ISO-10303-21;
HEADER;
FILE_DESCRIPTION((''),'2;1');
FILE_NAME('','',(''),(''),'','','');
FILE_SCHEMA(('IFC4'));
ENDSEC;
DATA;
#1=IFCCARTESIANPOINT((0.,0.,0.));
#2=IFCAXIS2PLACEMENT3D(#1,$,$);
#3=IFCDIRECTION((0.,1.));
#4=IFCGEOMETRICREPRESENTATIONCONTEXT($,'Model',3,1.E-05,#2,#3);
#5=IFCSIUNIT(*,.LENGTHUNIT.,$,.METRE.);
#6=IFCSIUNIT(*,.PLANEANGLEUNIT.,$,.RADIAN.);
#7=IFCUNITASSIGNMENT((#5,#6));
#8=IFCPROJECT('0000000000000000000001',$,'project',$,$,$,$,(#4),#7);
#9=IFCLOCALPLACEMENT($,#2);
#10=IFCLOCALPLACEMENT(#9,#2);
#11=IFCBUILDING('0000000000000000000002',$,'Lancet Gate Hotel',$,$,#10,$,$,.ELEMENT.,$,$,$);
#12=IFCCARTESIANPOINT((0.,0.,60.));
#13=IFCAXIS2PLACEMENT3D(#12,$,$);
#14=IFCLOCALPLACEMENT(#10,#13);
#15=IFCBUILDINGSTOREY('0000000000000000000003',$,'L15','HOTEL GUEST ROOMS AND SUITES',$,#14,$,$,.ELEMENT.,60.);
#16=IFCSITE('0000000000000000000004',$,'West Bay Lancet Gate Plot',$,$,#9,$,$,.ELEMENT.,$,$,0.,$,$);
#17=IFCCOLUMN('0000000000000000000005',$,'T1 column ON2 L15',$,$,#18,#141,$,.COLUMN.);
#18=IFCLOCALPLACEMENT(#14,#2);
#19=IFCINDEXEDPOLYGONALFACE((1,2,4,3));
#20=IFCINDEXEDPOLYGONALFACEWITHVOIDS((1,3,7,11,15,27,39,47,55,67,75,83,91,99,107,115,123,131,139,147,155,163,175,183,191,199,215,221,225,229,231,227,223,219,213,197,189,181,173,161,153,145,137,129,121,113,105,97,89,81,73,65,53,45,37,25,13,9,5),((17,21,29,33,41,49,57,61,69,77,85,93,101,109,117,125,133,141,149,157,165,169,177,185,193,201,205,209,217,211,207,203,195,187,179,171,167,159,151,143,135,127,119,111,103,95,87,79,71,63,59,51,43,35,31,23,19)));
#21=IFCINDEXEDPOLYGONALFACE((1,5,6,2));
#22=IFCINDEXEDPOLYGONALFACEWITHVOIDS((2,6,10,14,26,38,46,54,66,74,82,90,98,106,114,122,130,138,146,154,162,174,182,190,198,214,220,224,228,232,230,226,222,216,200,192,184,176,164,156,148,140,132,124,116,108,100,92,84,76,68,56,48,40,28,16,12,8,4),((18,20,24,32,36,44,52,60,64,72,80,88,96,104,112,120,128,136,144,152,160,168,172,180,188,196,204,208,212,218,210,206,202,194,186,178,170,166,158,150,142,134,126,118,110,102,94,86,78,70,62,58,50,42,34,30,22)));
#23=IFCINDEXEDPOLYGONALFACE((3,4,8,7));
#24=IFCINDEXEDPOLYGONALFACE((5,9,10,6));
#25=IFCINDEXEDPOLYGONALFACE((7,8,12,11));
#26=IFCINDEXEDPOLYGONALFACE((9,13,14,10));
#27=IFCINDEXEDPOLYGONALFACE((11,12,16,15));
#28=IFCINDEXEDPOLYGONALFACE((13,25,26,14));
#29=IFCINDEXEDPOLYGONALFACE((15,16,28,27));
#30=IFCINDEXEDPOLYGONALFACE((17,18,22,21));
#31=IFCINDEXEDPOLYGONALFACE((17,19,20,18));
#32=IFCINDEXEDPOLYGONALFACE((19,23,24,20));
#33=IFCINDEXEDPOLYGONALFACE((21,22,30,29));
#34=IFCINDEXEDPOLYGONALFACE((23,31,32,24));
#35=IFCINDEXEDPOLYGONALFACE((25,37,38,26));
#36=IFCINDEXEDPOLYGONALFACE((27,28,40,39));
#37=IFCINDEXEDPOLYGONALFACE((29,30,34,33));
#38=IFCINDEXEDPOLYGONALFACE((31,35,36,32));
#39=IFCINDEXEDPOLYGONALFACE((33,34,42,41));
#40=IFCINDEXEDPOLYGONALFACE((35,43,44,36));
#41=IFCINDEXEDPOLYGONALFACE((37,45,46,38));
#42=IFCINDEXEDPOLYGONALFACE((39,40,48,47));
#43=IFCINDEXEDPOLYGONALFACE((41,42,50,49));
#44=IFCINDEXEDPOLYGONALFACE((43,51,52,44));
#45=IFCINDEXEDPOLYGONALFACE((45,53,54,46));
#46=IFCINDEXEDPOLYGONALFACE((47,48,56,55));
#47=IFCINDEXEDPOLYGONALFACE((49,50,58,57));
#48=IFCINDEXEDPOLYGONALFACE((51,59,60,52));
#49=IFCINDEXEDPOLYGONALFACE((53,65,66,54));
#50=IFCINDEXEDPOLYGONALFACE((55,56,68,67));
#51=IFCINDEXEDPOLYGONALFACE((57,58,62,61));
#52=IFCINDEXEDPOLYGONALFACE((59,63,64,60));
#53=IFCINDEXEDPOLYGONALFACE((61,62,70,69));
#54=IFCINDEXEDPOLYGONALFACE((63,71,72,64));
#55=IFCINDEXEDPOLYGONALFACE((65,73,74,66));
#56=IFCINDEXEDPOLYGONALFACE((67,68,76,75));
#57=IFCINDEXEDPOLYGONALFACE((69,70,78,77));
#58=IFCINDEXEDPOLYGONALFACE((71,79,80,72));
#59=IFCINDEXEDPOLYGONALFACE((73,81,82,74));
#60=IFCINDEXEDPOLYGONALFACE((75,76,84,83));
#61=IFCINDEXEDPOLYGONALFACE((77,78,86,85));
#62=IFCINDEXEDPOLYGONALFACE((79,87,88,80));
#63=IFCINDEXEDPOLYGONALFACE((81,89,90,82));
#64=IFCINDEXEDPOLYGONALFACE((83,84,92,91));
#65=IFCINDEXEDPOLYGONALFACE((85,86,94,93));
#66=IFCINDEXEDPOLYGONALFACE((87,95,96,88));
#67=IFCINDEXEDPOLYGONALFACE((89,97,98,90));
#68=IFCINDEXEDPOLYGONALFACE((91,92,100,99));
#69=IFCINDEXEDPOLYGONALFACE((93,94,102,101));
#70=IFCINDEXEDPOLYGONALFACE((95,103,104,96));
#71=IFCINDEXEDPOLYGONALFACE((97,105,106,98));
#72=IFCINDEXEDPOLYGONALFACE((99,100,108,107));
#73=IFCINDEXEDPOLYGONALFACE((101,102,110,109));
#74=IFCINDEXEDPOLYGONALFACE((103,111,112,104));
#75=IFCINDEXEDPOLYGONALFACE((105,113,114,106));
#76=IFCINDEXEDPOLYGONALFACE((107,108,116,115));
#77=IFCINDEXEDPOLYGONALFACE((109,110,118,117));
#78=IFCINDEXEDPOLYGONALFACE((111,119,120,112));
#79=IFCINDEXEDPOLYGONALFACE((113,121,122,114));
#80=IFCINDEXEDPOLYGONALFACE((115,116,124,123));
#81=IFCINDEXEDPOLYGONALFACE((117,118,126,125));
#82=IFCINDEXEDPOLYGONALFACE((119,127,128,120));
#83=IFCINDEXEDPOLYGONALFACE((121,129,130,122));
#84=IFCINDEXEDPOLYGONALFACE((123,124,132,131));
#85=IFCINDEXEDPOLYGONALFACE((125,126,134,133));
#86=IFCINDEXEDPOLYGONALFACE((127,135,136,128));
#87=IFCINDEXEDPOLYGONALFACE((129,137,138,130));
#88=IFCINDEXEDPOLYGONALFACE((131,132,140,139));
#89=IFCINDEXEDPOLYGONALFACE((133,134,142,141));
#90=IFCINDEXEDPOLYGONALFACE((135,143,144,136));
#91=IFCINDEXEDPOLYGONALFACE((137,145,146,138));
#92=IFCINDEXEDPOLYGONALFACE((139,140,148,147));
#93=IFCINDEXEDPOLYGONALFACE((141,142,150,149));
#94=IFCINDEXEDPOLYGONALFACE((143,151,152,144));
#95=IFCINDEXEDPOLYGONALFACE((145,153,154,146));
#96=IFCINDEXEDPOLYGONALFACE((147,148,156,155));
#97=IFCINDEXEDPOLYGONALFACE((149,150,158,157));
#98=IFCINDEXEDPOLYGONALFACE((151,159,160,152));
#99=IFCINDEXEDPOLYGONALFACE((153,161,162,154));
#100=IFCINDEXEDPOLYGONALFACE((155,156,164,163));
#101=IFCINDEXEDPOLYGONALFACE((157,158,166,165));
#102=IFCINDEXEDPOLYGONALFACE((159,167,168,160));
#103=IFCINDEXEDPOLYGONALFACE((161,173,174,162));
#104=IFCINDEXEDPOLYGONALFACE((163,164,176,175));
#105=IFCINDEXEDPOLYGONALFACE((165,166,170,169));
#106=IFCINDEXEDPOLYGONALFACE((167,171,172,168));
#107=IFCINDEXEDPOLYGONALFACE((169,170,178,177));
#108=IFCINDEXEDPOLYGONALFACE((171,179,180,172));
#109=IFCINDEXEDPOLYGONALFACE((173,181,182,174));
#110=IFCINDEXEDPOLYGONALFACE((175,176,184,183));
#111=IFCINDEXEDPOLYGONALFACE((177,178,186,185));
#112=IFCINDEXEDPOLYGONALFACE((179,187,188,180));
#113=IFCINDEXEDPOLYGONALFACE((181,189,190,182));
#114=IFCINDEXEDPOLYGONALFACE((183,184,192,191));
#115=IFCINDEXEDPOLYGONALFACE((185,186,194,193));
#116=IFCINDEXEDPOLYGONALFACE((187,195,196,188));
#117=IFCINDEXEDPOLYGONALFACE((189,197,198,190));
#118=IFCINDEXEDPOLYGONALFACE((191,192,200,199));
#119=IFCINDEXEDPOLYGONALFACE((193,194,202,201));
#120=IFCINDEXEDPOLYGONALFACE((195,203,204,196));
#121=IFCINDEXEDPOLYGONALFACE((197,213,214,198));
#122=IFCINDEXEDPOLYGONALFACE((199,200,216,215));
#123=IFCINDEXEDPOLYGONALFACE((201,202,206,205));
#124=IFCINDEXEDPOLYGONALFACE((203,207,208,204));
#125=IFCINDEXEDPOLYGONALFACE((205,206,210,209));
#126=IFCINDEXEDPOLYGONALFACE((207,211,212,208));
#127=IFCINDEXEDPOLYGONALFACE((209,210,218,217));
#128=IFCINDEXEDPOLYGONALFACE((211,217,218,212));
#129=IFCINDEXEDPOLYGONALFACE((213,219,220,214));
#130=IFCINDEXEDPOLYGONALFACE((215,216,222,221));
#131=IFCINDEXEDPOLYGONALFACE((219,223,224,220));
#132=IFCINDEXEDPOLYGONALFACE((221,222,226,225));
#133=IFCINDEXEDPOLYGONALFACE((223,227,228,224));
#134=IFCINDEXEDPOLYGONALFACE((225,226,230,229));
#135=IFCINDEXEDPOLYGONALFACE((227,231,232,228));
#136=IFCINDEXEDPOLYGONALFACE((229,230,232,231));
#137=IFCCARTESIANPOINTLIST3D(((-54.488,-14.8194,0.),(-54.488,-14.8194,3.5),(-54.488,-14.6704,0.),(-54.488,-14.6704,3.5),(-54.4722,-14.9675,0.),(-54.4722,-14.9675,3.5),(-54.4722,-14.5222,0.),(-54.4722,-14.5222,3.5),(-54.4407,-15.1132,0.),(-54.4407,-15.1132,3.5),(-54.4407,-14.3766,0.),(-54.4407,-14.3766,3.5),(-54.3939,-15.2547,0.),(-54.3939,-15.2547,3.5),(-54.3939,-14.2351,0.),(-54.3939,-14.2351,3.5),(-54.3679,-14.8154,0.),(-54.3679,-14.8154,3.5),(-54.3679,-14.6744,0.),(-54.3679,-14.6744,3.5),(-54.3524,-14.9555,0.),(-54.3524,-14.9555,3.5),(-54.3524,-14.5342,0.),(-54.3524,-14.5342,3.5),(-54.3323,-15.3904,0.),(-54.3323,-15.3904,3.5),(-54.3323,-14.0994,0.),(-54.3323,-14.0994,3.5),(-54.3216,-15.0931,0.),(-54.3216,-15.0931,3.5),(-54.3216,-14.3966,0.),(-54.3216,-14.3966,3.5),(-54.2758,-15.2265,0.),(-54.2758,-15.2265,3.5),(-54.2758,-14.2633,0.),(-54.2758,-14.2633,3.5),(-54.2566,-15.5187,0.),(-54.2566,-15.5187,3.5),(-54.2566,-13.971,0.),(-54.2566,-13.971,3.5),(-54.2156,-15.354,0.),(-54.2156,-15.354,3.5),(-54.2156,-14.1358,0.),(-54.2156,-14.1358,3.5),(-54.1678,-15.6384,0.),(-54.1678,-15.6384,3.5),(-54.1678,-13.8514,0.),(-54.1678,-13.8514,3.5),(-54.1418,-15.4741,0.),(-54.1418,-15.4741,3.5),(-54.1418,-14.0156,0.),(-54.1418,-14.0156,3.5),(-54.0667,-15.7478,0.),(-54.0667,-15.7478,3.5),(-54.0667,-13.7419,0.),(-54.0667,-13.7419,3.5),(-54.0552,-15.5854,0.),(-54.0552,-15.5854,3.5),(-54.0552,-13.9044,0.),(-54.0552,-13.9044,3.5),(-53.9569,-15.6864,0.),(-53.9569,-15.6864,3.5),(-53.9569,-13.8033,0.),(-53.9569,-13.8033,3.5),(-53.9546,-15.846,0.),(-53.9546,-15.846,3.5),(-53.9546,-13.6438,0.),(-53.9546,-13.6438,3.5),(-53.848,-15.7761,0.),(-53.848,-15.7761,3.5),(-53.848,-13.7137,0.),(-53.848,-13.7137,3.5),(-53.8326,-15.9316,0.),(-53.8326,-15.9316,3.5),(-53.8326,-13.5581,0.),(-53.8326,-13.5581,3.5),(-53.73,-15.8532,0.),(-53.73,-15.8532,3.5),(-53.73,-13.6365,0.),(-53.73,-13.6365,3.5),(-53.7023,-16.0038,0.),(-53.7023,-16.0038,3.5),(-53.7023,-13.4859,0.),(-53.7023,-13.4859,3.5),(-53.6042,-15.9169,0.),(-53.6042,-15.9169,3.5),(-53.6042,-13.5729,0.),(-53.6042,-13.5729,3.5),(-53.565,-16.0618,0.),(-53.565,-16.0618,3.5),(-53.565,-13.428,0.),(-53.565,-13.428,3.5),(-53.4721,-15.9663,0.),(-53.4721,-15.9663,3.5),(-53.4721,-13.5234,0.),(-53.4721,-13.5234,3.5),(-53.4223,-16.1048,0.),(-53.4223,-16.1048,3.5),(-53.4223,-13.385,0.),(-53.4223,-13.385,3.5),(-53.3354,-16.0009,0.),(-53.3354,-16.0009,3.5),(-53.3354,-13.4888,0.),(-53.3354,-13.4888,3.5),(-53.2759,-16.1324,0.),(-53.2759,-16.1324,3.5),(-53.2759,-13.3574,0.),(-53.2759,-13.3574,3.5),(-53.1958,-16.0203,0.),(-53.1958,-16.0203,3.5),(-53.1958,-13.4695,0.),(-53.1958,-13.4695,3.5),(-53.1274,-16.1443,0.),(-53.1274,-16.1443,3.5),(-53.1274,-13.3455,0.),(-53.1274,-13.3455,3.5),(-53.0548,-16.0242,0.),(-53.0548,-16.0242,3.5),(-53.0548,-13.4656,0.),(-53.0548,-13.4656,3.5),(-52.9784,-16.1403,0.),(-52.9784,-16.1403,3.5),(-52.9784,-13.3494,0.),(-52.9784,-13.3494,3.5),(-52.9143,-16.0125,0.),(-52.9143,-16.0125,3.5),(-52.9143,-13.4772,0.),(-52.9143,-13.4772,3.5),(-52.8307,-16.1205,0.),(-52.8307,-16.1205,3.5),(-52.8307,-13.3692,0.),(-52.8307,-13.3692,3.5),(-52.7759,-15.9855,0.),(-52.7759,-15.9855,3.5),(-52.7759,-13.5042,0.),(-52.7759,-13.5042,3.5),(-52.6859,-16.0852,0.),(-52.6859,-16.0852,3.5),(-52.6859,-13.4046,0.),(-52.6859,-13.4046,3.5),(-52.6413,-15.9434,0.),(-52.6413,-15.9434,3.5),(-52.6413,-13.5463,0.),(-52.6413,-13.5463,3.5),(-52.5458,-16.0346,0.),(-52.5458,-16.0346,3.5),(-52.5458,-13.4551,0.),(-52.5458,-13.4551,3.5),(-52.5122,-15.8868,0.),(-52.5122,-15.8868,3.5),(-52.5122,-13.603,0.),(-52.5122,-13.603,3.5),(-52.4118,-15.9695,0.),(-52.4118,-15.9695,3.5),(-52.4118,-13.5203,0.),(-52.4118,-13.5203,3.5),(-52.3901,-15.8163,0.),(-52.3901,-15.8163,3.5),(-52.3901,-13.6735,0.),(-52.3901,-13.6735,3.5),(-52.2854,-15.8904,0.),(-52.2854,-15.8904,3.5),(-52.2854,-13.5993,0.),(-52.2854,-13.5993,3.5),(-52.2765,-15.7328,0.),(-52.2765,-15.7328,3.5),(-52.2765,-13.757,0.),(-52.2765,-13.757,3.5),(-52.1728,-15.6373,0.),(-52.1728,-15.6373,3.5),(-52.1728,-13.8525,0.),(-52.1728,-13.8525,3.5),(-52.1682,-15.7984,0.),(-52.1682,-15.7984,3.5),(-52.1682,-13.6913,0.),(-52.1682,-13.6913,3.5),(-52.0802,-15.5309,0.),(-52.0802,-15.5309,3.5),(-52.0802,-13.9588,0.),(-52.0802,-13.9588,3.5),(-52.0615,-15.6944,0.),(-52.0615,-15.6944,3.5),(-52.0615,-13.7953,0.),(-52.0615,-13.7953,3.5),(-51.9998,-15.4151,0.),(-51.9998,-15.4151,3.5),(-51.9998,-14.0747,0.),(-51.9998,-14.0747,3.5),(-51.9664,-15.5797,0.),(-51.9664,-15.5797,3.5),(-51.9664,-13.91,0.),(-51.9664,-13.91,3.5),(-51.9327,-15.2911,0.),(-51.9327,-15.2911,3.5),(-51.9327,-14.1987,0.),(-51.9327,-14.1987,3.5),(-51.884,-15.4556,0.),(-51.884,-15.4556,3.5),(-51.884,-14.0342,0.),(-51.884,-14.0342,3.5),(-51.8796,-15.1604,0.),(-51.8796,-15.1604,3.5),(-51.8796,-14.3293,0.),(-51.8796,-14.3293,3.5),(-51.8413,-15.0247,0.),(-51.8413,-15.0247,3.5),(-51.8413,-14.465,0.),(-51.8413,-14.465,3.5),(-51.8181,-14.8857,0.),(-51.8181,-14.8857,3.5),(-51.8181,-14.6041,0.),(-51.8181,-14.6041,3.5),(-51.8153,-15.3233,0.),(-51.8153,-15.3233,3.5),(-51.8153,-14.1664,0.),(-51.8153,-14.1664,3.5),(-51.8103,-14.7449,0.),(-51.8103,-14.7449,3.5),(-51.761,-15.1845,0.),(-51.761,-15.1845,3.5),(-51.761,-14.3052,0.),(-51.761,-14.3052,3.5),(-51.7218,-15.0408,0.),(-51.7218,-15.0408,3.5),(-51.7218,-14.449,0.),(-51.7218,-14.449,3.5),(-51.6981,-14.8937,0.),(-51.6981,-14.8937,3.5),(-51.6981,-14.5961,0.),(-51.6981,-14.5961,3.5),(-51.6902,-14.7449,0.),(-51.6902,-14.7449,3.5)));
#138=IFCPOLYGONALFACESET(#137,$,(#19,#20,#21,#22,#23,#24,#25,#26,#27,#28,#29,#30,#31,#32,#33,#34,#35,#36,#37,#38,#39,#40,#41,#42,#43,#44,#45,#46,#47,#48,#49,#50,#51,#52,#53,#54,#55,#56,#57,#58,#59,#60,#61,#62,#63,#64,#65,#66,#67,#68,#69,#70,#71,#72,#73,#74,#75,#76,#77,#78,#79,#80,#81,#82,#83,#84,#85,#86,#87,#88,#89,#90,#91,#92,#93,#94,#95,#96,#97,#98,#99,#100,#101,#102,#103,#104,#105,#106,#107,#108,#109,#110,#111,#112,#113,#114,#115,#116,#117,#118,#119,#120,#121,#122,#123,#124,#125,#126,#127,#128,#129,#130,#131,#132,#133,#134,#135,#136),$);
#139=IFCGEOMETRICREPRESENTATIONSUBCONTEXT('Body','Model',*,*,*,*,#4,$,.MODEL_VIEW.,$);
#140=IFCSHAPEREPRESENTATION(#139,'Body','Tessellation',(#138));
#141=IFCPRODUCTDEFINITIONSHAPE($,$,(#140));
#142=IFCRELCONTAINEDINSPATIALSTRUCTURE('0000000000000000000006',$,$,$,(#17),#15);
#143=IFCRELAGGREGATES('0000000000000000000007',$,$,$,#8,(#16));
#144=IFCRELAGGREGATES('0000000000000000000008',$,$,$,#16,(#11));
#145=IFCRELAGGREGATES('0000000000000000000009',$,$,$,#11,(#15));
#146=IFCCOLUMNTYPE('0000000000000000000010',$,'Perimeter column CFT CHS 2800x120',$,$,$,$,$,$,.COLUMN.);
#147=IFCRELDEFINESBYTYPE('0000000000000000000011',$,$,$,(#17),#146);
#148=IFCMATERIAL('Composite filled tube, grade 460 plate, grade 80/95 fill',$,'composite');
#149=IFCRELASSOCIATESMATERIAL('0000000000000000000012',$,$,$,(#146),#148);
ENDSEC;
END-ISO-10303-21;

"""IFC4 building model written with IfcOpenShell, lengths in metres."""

from ifc_helpers import new_model, si_unit, direction, frame, origin, origin_2d, place, context, subcontext, project, spatial, hollow_circle, extrude, material, material_profile, profile_set, type_object, element, save


model = new_model("IFC4")

# Units and contexts
model_context = context("Model", 3, precision=1e-05, world=origin(), true_north=direction((0.0, 1.0)))
body_context = subcontext(model_context, "Body", "Model", "MODEL_VIEW")
ifc_project = project(units=[si_unit("LENGTHUNIT", "METRE"), si_unit("PLANEANGLEUNIT", "RADIAN")], contexts=[model_context])

# Site, building, storey
site_placement = place(None, origin())
site = spatial("IfcSite", under=ifc_project, at=site_placement, Name="West Bay Lancet Gate Plot", CompositionType="ELEMENT", RefElevation=0.0)
building_placement = place(site_placement, origin())
building = spatial("IfcBuilding", under=site, at=building_placement, Name="Lancet Gate Hotel", CompositionType="ELEMENT")
storey_placement = place(building_placement, frame((0.0, 0.0, 60.0)))
storey = spatial("IfcBuildingStorey", under=building, at=storey_placement, Name="L15", Description="HOTEL GUEST ROOMS AND SUITES", CompositionType="ELEMENT", Elevation=60.0)

# Column
ifc_material_1 = material(Name="Composite filled tube, grade 460 plate, grade 80/95 fill", Category="composite")
ifc_material_profile_1 = material_profile(ifc_material_1, hollow_circle(Radius=1.3999, WallThickness=0.1201, at=origin_2d()), Name="CHS 2800x120")
ifc_profile_set_1 = profile_set([ifc_material_profile_1], Name="Composite filled tube, grade 460 plate, grade 80/95 fill")
column_type = type_object("IfcColumnType", Name="Perimeter column CFT CHS 2800x120", PredefinedType="COLUMN", material=ifc_profile_set_1)
for number, where, z_axis, x_axis, name in (
    (1, (-53.0901, -14.7449, 0.0), (0.0, 0.0, 1.0), (1.0, 0.0, 0.0), "T1 column ON2 L15"),
):
    element("IfcColumn", number, at=place(storey_placement, frame(where, z_axis=z_axis, x_axis=x_axis)), inside=storey, type_object=column_type, Name=name, PredefinedType="COLUMN", context=body_context, shape_type="SweptSolid", body=[
        extrude(hollow_circle(Radius=1.3999, WallThickness=0.1201, at=origin_2d()), origin(), (0.0, 0.0, 1.0), 3.5),
    ])

save(model, "model.ifc")
